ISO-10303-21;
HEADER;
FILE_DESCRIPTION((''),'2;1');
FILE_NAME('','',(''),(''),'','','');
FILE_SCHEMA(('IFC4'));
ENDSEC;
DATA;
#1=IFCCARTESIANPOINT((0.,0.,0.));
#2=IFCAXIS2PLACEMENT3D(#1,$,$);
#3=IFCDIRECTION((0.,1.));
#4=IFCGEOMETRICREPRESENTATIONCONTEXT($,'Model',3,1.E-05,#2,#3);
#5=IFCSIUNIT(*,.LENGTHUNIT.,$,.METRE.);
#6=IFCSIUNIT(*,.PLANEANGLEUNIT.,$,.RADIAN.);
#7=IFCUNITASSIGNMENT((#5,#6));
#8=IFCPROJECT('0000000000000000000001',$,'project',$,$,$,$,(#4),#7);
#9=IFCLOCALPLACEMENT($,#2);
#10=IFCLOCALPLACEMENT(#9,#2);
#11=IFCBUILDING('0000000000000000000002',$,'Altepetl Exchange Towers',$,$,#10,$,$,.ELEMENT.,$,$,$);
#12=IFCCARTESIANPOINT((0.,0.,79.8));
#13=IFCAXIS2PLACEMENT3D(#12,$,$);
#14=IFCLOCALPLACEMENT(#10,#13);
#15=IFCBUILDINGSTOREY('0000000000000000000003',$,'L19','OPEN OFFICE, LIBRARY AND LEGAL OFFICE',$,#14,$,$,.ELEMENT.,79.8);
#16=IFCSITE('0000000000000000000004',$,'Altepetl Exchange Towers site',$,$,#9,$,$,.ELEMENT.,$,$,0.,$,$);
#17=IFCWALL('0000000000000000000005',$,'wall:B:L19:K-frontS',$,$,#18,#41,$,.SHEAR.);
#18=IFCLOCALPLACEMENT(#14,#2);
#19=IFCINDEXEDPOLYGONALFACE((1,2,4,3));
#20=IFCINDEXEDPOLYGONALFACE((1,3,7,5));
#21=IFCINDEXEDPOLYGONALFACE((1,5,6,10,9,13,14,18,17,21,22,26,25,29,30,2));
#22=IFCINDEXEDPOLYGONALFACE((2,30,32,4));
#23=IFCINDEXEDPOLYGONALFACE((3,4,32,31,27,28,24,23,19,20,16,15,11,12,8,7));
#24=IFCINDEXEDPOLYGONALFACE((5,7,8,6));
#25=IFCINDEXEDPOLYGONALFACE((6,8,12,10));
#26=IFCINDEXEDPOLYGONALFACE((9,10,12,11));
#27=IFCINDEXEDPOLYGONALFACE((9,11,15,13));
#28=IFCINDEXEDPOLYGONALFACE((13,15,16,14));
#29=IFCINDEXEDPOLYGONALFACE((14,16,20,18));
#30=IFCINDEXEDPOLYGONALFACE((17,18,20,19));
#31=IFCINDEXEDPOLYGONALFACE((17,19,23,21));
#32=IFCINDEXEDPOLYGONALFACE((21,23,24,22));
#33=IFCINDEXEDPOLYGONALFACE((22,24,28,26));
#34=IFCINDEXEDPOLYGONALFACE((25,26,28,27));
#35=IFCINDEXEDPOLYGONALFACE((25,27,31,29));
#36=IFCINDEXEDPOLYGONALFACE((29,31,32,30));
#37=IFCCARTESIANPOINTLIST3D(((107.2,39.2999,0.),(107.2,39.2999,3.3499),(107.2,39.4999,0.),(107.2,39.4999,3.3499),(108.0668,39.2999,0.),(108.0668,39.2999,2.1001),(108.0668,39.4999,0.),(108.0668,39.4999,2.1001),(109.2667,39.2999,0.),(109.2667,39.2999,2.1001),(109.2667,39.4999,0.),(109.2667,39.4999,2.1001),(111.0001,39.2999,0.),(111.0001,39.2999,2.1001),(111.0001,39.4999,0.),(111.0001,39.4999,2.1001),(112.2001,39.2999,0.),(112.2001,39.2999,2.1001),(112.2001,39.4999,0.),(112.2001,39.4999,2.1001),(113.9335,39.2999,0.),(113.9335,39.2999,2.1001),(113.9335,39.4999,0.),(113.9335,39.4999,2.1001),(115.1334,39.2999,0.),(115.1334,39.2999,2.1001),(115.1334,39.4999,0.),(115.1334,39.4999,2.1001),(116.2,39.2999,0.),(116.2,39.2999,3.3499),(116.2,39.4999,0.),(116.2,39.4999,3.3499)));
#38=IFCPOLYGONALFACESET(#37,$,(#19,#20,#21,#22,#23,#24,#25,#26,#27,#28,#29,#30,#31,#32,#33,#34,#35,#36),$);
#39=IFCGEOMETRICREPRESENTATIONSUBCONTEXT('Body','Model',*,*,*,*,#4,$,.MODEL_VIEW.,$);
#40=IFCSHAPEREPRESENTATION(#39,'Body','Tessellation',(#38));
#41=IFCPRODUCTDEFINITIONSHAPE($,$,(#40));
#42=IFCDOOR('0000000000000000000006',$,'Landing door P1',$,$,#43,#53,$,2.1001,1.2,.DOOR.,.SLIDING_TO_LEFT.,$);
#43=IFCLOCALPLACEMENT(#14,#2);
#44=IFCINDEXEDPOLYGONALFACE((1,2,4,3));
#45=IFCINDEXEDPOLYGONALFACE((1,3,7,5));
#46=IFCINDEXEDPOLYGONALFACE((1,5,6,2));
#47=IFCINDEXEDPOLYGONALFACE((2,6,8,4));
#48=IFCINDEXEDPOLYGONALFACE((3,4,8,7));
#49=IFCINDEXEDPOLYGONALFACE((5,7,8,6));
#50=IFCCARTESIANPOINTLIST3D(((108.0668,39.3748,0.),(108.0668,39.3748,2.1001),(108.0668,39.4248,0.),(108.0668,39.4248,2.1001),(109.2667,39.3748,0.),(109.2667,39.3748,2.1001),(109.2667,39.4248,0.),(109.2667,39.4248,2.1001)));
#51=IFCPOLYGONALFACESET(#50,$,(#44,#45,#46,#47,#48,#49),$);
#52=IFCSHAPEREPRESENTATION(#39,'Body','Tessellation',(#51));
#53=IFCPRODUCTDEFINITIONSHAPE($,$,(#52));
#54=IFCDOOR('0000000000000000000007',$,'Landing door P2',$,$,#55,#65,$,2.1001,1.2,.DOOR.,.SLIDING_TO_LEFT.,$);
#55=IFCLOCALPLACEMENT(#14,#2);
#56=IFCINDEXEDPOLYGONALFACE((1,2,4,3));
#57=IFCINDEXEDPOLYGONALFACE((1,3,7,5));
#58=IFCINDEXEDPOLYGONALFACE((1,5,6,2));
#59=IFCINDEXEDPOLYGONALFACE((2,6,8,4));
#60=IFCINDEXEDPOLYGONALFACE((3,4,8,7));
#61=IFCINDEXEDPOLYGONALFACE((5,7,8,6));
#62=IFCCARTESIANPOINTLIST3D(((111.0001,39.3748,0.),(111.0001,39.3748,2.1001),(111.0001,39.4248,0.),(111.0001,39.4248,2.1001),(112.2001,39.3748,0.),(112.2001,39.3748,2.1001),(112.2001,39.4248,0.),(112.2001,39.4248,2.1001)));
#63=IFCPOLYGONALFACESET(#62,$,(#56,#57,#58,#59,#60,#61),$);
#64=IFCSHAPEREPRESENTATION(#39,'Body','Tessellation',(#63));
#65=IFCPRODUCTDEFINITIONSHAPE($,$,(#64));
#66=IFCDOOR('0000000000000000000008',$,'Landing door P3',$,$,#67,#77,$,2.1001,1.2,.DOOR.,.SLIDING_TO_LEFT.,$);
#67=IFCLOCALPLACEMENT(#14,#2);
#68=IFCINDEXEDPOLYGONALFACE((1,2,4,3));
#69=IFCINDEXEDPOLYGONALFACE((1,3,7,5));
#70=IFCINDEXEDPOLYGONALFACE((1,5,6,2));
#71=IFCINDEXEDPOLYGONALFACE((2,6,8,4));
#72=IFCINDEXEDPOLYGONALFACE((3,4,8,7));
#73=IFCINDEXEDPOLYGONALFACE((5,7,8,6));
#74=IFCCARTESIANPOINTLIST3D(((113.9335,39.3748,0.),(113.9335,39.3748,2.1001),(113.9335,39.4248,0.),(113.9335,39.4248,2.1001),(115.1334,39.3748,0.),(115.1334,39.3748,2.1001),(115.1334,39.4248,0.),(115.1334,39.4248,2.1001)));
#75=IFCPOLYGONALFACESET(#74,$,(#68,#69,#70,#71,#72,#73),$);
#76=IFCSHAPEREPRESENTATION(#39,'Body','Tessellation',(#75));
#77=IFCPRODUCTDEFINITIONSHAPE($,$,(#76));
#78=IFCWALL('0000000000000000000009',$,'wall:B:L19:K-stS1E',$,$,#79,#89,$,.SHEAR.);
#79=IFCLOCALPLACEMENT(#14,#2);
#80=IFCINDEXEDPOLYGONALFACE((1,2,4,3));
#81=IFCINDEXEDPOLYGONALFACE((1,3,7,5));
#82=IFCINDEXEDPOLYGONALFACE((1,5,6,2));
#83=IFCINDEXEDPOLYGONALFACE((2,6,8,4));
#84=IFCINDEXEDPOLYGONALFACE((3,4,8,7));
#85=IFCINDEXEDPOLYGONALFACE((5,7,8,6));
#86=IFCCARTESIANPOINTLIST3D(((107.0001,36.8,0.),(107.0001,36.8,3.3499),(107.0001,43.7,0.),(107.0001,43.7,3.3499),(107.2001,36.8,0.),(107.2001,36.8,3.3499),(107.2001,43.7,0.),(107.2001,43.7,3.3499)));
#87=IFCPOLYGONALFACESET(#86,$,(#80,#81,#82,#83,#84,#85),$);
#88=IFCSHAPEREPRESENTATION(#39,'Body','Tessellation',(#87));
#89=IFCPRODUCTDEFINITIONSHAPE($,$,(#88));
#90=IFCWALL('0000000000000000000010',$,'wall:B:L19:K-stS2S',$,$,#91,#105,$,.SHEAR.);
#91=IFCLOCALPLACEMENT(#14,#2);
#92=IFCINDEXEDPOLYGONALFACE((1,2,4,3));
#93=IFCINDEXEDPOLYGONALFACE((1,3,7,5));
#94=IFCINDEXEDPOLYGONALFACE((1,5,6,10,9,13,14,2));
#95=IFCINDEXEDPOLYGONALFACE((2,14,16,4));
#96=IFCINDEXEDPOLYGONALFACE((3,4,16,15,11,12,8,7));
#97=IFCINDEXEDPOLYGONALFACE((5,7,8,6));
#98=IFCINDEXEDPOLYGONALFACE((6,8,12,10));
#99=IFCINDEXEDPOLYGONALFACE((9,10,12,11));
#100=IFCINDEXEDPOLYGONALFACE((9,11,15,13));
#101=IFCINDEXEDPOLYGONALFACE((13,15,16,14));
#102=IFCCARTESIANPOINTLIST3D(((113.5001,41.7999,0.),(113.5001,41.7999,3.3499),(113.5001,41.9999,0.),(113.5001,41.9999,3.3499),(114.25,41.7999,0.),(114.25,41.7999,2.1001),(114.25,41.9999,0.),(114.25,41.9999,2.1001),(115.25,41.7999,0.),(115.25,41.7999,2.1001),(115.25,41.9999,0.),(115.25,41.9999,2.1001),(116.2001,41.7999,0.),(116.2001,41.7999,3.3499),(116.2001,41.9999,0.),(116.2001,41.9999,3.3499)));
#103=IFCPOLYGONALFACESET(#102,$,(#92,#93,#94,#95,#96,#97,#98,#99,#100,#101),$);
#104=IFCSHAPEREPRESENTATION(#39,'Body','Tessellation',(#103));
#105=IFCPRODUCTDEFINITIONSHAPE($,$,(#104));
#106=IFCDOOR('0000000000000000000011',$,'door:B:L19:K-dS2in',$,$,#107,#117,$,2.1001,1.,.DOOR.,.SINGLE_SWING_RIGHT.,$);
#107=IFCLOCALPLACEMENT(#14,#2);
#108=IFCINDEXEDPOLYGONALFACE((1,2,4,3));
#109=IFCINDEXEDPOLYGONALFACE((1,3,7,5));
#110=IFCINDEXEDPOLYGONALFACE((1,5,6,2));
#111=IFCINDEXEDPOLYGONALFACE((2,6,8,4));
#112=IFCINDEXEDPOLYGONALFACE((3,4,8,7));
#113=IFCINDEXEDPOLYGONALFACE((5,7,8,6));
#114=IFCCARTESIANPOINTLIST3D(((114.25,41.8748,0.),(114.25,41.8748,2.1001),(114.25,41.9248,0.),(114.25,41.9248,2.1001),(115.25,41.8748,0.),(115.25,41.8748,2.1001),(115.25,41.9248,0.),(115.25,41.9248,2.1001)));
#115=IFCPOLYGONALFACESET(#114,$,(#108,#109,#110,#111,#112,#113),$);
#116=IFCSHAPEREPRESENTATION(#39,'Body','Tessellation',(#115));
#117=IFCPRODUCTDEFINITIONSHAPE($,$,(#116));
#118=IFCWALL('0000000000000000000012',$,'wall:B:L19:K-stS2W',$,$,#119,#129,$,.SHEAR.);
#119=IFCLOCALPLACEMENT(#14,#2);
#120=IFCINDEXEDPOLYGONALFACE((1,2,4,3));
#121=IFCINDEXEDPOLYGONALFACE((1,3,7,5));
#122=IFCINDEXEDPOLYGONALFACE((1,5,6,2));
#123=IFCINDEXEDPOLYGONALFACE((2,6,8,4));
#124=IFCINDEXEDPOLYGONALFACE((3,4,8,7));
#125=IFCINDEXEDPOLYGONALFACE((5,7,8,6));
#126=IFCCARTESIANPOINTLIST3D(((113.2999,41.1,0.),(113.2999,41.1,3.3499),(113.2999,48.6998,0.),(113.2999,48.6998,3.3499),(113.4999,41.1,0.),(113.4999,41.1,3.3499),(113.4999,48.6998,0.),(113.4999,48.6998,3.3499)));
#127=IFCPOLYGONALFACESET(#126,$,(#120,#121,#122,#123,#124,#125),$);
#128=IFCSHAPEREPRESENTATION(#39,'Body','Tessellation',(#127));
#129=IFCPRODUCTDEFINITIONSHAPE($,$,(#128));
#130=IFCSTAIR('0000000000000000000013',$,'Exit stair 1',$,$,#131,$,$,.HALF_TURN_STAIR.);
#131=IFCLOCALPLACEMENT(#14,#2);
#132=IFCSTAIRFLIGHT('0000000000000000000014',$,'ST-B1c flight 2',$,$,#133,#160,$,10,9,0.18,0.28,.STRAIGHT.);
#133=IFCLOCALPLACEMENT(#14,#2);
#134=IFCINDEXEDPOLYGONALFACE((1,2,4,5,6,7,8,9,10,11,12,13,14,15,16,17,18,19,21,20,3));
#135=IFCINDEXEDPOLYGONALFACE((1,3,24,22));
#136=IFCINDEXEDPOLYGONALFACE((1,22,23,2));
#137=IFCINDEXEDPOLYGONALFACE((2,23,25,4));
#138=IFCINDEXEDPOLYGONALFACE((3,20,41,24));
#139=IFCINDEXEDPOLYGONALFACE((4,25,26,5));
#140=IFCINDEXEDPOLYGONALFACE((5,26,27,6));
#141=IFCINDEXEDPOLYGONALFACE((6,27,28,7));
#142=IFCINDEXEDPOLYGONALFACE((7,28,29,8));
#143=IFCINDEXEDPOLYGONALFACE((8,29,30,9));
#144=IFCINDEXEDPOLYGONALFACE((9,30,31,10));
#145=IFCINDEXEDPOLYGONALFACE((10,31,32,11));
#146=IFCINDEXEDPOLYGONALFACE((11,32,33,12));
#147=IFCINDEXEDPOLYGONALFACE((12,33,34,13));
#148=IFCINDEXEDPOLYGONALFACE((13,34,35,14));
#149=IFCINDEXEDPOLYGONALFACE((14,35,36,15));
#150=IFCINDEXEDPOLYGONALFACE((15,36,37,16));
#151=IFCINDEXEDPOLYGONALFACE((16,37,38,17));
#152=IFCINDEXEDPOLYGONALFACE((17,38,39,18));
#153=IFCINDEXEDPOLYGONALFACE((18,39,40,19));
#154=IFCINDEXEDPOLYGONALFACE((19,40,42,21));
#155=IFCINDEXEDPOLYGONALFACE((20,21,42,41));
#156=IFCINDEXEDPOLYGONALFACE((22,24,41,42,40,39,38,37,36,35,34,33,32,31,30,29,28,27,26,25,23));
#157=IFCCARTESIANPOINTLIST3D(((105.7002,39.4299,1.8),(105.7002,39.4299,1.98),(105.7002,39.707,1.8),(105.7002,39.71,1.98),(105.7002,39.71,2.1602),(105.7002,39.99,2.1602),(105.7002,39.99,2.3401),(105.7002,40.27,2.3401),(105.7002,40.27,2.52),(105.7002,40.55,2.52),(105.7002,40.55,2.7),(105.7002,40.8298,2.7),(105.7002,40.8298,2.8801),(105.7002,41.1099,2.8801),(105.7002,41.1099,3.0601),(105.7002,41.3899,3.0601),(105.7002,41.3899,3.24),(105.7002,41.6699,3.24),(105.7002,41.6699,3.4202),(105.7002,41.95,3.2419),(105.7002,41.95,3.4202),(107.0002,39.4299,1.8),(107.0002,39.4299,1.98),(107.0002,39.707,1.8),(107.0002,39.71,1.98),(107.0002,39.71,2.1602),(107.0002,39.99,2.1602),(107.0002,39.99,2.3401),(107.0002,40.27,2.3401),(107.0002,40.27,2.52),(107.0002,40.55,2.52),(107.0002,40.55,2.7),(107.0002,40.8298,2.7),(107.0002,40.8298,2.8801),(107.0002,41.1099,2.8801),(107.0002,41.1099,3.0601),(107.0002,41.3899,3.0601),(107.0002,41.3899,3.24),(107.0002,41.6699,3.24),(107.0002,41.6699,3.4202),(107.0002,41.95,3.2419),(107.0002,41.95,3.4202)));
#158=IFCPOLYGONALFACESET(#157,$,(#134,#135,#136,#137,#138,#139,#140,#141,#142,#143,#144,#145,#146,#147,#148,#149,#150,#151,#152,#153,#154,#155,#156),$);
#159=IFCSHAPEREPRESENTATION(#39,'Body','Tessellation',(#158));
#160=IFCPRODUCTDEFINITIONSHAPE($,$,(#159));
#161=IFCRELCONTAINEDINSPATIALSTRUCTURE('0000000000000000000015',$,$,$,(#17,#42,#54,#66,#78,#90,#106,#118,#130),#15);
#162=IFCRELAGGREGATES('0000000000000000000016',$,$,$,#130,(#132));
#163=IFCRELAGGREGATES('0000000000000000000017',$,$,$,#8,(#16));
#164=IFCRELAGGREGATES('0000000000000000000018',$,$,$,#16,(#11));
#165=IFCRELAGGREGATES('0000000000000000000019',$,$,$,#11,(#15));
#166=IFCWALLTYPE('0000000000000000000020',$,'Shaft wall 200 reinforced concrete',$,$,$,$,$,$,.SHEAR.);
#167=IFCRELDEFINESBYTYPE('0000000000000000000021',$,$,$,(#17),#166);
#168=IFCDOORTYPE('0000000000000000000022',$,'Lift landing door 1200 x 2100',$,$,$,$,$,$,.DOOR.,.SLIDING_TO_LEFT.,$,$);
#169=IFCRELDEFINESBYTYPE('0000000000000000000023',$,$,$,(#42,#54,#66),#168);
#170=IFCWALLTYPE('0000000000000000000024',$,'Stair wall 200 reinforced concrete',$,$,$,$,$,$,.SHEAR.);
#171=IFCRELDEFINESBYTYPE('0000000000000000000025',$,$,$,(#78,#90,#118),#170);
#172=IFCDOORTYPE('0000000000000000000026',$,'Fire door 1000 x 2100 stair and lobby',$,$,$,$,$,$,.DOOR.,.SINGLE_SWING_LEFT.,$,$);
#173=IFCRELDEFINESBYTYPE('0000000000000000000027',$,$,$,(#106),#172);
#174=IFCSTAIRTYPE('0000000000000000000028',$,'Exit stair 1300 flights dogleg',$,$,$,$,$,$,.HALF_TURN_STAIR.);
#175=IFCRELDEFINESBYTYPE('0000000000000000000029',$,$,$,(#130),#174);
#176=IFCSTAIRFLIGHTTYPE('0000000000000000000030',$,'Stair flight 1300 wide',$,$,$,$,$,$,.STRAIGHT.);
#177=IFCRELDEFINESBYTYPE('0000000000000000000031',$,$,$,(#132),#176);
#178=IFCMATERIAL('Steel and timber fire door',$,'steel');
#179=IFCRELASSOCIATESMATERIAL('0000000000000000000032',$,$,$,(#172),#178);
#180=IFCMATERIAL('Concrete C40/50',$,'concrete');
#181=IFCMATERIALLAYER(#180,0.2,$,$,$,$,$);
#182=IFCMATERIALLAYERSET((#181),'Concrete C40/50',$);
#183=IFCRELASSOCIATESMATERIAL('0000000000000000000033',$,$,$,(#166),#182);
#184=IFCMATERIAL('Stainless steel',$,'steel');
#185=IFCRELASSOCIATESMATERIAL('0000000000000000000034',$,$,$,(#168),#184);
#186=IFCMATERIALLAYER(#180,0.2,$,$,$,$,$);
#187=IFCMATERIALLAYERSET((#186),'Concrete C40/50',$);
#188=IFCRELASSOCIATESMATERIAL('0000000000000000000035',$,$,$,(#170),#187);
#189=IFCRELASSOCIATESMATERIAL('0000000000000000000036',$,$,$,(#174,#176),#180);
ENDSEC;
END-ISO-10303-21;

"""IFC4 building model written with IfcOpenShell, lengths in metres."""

from ifc_helpers import new_model, si_unit, direction, frame, frame_2d, origin, place, context, subcontext, project, spatial, polyline, rectangle, outline, extrude, material, layer, layer_set, type_object, element, fill, aggregate, save


model = new_model("IFC4")

# Units and contexts
model_context = context("Model", 3, precision=1e-05, world=origin(), true_north=direction((0.0, 1.0)))
body_context = subcontext(model_context, "Body", "Model", "MODEL_VIEW")
ifc_project = project(units=[si_unit("LENGTHUNIT", "METRE"), si_unit("PLANEANGLEUNIT", "RADIAN")], contexts=[model_context])

# Site, building, storey
site_placement = place(None, origin())
site = spatial("IfcSite", under=ifc_project, at=site_placement, Name="Altepetl Exchange Towers site", CompositionType="ELEMENT", RefElevation=0.0)
building_placement = place(site_placement, origin())
building = spatial("IfcBuilding", under=site, at=building_placement, Name="Altepetl Exchange Towers", CompositionType="ELEMENT")
storey_placement = place(building_placement, frame((0.0, 0.0, 79.8)))
storey = spatial("IfcBuildingStorey", under=building, at=storey_placement, Name="L19", Description="OPEN OFFICE, LIBRARY AND LEGAL OFFICE", CompositionType="ELEMENT", Elevation=79.8)

# Shared definitions
ifc_material_1 = material(Name="Steel and timber fire door", Category="steel")
door_type_1 = type_object("IfcDoorType", Name="Fire door 1000 x 2100 stair and lobby", OperationType="SINGLE_SWING_LEFT", PredefinedType="DOOR", material=ifc_material_1)

# Shared definitions
ifc_material_2 = material(Name="Concrete C40/50", Category="concrete")
ifc_layer_1 = layer(ifc_material_2, 0.2)
ifc_layer_set_1 = layer_set([ifc_layer_1], Name="Concrete C40/50")
wall_type_1 = type_object("IfcWallType", Name="Shaft wall 200 reinforced concrete", PredefinedType="SHEAR", material=ifc_layer_set_1)

# Wall, openings, doors
wall_1_placement = place(storey_placement, frame((107.2, 39.3999, 0.0)))
wall_1 = element("IfcWall", 1, at=wall_1_placement, inside=storey, type_object=wall_type_1, Name="wall:B:L19:K-frontS", PredefinedType="SHEAR", context=body_context, shape_type="SweptSolid", body=[
    extrude(rectangle(XDim=9.0, YDim=0.2, at=frame_2d((4.5, 0.0))), origin(), (0.0, 0.0, 1.0), 3.3499),
])
opening_1_placement = place(wall_1_placement, frame((0.8667, 0.0, 0.0)))
opening_1 = element("IfcOpeningElement", 2, at=opening_1_placement, cuts=wall_1, PredefinedType="OPENING", context=body_context, shape_type="SweptSolid", body=[
    extrude(rectangle(XDim=1.2, YDim=2.1001, at=frame_2d((0.6001, 1.05))), frame((0.0, 0.1099, 0.0), z_axis=(0.0, -1.0, 0.0), x_axis=(1.0, 0.0, 0.0)), (0.0, 0.0, 1.0), 0.22),
])
opening_2_placement = place(wall_1_placement, frame((3.8, 0.0, 0.0)))
opening_2 = element("IfcOpeningElement", 3, at=opening_2_placement, cuts=wall_1, PredefinedType="OPENING", context=body_context, shape_type="SweptSolid", body=[
    extrude(rectangle(XDim=1.2, YDim=2.1001, at=frame_2d((0.6001, 1.05))), frame((0.0, 0.1099, 0.0), z_axis=(0.0, -1.0, 0.0), x_axis=(1.0, 0.0, 0.0)), (0.0, 0.0, 1.0), 0.22),
])
opening_3_placement = place(wall_1_placement, frame((6.7334, 0.0, 0.0)))
opening_3 = element("IfcOpeningElement", 4, at=opening_3_placement, cuts=wall_1, PredefinedType="OPENING", context=body_context, shape_type="SweptSolid", body=[
    extrude(rectangle(XDim=1.2, YDim=2.1001, at=frame_2d((0.6001, 1.05))), frame((0.0, 0.1099, 0.0), z_axis=(0.0, -1.0, 0.0), x_axis=(1.0, 0.0, 0.0)), (0.0, 0.0, 1.0), 0.22),
])
ifc_material_3 = material(Name="Stainless steel", Category="steel")
door_type_2 = type_object("IfcDoorType", Name="Lift landing door 1200 x 2100", OperationType="SLIDING_TO_LEFT", PredefinedType="DOOR", material=ifc_material_3)
door_1_placement = place(opening_1_placement, origin())
door_1 = element("IfcDoor", 5, at=door_1_placement, inside=storey, type_object=door_type_2, Name="Landing door P1", OperationType="SLIDING_TO_LEFT", OverallHeight=2.1001, OverallWidth=1.2, PredefinedType="DOOR", context=body_context, shape_type="SweptSolid", body=[
    extrude(rectangle(XDim=1.2, YDim=2.1001, at=frame_2d((0.6001, 1.05))), frame((0.0, 0.0249, 0.0), z_axis=(0.0, -1.0, 0.0), x_axis=(1.0, 0.0, 0.0)), (0.0, 0.0, 1.0), 0.05),
])
fill(opening_1, door_1)
door_2_placement = place(opening_2_placement, origin())
door_2 = element("IfcDoor", 6, at=door_2_placement, inside=storey, type_object=door_type_2, Name="Landing door P2", OperationType="SLIDING_TO_LEFT", OverallHeight=2.1001, OverallWidth=1.2, PredefinedType="DOOR", context=body_context, shape_type="SweptSolid", body=[
    extrude(rectangle(XDim=1.2, YDim=2.1001, at=frame_2d((0.6001, 1.05))), frame((0.0, 0.0249, 0.0), z_axis=(0.0, -1.0, 0.0), x_axis=(1.0, 0.0, 0.0)), (0.0, 0.0, 1.0), 0.05),
])
fill(opening_2, door_2)
door_3_placement = place(opening_3_placement, origin())
door_3 = element("IfcDoor", 7, at=door_3_placement, inside=storey, type_object=door_type_2, Name="Landing door P3", OperationType="SLIDING_TO_LEFT", OverallHeight=2.1001, OverallWidth=1.2, PredefinedType="DOOR", context=body_context, shape_type="SweptSolid", body=[
    extrude(rectangle(XDim=1.2, YDim=2.1001, at=frame_2d((0.6001, 1.05))), frame((0.0, 0.0249, 0.0), z_axis=(0.0, -1.0, 0.0), x_axis=(1.0, 0.0, 0.0)), (0.0, 0.0, 1.0), 0.05),
])
fill(opening_3, door_3)

# Wall
ifc_layer_2 = layer(ifc_material_2, 0.2)
ifc_layer_set_2 = layer_set([ifc_layer_2], Name="Concrete C40/50")
wall_type_2 = type_object("IfcWallType", Name="Stair wall 200 reinforced concrete", PredefinedType="SHEAR", material=ifc_layer_set_2)
wall_2_placement = place(storey_placement, frame((107.1001, 36.8, 0.0), z_axis=(0.0, 0.0, 1.0), x_axis=(0.0, 1.0, 0.0)))
element("IfcWall", 8, at=wall_2_placement, inside=storey, type_object=wall_type_2, Name="wall:B:L19:K-stS1E", PredefinedType="SHEAR", context=body_context, shape_type="SweptSolid", body=[
    extrude(rectangle(XDim=6.8999, YDim=0.2, at=frame_2d((3.45, 0.0))), origin(), (0.0, 0.0, 1.0), 3.3499),
])

# Wall, opening, door
wall_3_placement = place(storey_placement, frame((113.5, 41.8999, 0.0)))
wall_3 = element("IfcWall", 9, at=wall_3_placement, inside=storey, type_object=wall_type_2, Name="wall:B:L19:K-stS2S", PredefinedType="SHEAR", context=body_context, shape_type="SweptSolid", body=[
    extrude(rectangle(XDim=2.7, YDim=0.2, at=frame_2d((1.3501, 0.0))), origin(), (0.0, 0.0, 1.0), 3.3499),
])
opening_4_placement = place(wall_3_placement, frame((0.75, 0.0, 0.0)))
opening_4 = element("IfcOpeningElement", 10, at=opening_4_placement, cuts=wall_3, PredefinedType="OPENING", context=body_context, shape_type="SweptSolid", body=[
    extrude(rectangle(XDim=1.0, YDim=2.1001, at=frame_2d((0.5, 1.05))), frame((0.0, 0.1099, 0.0), z_axis=(0.0, -1.0, 0.0), x_axis=(1.0, 0.0, 0.0)), (0.0, 0.0, 1.0), 0.22),
])
door_4_placement = place(opening_4_placement, origin())
door_4 = element("IfcDoor", 11, at=door_4_placement, inside=storey, type_object=door_type_1, Name="door:B:L19:K-dS2in", OperationType="SINGLE_SWING_RIGHT", OverallHeight=2.1001, OverallWidth=1.0, PredefinedType="DOOR", context=body_context, shape_type="SweptSolid", body=[
    extrude(rectangle(XDim=1.0, YDim=2.1001, at=frame_2d((0.5, 1.05))), frame((0.0, 0.0249, 0.0), z_axis=(0.0, -1.0, 0.0), x_axis=(1.0, 0.0, 0.0)), (0.0, 0.0, 1.0), 0.05),
])
fill(opening_4, door_4)

# Wall
wall_4_placement = place(storey_placement, frame((113.3999, 41.1001, 0.0), z_axis=(0.0, 0.0, 1.0), x_axis=(0.0, 1.0, 0.0)))
element("IfcWall", 12, at=wall_4_placement, inside=storey, type_object=wall_type_2, Name="wall:B:L19:K-stS2W", PredefinedType="SHEAR", context=body_context, shape_type="SweptSolid", body=[
    extrude(rectangle(XDim=7.5999, YDim=0.2, at=frame_2d((3.7998, 0.0))), origin(), (0.0, 0.0, 1.0), 3.3499),
])

# Stair, stair flight
stair_type = type_object("IfcStairType", Name="Exit stair 1300 flights dogleg", PredefinedType="HALF_TURN_STAIR", material=ifc_material_2)
stair_placement = place(storey_placement, origin())
stair = element("IfcStair", 13, at=stair_placement, inside=storey, type_object=stair_type, Name="Exit stair 1", PredefinedType="HALF_TURN_STAIR")
stair_flight_type = type_object("IfcStairFlightType", Name="Stair flight 1300 wide", PredefinedType="STRAIGHT", material=ifc_material_2)
stair_flight_placement = place(storey_placement, frame((106.3501, 39.4299, 1.8), z_axis=(0.0, 0.0, 1.0), x_axis=(0.0, 1.0, 0.0)))
stair_flight = element("IfcStairFlight", 14, at=stair_flight_placement, type_object=stair_flight_type, Name="ST-B1c flight 2", NumberOfRisers=10, NumberOfTreads=9, PredefinedType="STRAIGHT", RiserHeight=0.18, TreadLength=0.28, context=body_context, shape_type="SweptSolid", body=[
    extrude(outline(polyline([(0.0, 0.0), (0.0, 0.1799), (0.28, 0.1799), (0.28, 0.3601), (0.5601, 0.3601), (0.5601, 0.54), (0.8401, 0.54), (0.8401, 0.72), (1.1201, 0.72), (1.1201, 0.8999), (1.3999, 0.8999), (1.3999, 1.0801), (1.6799, 1.0801), (1.6799, 1.26), (1.96, 1.26), (1.96, 1.4399), (2.24, 1.4399), (2.24, 1.6201), (2.52, 1.6201), (2.52, 1.8), (2.52, 1.4419), (0.2771, 0.0), (0.0, 0.0)])), frame((0.0, 0.6499, 0.0), z_axis=(0.0, -1.0, 0.0), x_axis=(1.0, 0.0, 0.0)), (0.0, 0.0, 1.0), 1.3),
])
aggregate(stair, [stair_flight])

save(model, "model.ifc")
